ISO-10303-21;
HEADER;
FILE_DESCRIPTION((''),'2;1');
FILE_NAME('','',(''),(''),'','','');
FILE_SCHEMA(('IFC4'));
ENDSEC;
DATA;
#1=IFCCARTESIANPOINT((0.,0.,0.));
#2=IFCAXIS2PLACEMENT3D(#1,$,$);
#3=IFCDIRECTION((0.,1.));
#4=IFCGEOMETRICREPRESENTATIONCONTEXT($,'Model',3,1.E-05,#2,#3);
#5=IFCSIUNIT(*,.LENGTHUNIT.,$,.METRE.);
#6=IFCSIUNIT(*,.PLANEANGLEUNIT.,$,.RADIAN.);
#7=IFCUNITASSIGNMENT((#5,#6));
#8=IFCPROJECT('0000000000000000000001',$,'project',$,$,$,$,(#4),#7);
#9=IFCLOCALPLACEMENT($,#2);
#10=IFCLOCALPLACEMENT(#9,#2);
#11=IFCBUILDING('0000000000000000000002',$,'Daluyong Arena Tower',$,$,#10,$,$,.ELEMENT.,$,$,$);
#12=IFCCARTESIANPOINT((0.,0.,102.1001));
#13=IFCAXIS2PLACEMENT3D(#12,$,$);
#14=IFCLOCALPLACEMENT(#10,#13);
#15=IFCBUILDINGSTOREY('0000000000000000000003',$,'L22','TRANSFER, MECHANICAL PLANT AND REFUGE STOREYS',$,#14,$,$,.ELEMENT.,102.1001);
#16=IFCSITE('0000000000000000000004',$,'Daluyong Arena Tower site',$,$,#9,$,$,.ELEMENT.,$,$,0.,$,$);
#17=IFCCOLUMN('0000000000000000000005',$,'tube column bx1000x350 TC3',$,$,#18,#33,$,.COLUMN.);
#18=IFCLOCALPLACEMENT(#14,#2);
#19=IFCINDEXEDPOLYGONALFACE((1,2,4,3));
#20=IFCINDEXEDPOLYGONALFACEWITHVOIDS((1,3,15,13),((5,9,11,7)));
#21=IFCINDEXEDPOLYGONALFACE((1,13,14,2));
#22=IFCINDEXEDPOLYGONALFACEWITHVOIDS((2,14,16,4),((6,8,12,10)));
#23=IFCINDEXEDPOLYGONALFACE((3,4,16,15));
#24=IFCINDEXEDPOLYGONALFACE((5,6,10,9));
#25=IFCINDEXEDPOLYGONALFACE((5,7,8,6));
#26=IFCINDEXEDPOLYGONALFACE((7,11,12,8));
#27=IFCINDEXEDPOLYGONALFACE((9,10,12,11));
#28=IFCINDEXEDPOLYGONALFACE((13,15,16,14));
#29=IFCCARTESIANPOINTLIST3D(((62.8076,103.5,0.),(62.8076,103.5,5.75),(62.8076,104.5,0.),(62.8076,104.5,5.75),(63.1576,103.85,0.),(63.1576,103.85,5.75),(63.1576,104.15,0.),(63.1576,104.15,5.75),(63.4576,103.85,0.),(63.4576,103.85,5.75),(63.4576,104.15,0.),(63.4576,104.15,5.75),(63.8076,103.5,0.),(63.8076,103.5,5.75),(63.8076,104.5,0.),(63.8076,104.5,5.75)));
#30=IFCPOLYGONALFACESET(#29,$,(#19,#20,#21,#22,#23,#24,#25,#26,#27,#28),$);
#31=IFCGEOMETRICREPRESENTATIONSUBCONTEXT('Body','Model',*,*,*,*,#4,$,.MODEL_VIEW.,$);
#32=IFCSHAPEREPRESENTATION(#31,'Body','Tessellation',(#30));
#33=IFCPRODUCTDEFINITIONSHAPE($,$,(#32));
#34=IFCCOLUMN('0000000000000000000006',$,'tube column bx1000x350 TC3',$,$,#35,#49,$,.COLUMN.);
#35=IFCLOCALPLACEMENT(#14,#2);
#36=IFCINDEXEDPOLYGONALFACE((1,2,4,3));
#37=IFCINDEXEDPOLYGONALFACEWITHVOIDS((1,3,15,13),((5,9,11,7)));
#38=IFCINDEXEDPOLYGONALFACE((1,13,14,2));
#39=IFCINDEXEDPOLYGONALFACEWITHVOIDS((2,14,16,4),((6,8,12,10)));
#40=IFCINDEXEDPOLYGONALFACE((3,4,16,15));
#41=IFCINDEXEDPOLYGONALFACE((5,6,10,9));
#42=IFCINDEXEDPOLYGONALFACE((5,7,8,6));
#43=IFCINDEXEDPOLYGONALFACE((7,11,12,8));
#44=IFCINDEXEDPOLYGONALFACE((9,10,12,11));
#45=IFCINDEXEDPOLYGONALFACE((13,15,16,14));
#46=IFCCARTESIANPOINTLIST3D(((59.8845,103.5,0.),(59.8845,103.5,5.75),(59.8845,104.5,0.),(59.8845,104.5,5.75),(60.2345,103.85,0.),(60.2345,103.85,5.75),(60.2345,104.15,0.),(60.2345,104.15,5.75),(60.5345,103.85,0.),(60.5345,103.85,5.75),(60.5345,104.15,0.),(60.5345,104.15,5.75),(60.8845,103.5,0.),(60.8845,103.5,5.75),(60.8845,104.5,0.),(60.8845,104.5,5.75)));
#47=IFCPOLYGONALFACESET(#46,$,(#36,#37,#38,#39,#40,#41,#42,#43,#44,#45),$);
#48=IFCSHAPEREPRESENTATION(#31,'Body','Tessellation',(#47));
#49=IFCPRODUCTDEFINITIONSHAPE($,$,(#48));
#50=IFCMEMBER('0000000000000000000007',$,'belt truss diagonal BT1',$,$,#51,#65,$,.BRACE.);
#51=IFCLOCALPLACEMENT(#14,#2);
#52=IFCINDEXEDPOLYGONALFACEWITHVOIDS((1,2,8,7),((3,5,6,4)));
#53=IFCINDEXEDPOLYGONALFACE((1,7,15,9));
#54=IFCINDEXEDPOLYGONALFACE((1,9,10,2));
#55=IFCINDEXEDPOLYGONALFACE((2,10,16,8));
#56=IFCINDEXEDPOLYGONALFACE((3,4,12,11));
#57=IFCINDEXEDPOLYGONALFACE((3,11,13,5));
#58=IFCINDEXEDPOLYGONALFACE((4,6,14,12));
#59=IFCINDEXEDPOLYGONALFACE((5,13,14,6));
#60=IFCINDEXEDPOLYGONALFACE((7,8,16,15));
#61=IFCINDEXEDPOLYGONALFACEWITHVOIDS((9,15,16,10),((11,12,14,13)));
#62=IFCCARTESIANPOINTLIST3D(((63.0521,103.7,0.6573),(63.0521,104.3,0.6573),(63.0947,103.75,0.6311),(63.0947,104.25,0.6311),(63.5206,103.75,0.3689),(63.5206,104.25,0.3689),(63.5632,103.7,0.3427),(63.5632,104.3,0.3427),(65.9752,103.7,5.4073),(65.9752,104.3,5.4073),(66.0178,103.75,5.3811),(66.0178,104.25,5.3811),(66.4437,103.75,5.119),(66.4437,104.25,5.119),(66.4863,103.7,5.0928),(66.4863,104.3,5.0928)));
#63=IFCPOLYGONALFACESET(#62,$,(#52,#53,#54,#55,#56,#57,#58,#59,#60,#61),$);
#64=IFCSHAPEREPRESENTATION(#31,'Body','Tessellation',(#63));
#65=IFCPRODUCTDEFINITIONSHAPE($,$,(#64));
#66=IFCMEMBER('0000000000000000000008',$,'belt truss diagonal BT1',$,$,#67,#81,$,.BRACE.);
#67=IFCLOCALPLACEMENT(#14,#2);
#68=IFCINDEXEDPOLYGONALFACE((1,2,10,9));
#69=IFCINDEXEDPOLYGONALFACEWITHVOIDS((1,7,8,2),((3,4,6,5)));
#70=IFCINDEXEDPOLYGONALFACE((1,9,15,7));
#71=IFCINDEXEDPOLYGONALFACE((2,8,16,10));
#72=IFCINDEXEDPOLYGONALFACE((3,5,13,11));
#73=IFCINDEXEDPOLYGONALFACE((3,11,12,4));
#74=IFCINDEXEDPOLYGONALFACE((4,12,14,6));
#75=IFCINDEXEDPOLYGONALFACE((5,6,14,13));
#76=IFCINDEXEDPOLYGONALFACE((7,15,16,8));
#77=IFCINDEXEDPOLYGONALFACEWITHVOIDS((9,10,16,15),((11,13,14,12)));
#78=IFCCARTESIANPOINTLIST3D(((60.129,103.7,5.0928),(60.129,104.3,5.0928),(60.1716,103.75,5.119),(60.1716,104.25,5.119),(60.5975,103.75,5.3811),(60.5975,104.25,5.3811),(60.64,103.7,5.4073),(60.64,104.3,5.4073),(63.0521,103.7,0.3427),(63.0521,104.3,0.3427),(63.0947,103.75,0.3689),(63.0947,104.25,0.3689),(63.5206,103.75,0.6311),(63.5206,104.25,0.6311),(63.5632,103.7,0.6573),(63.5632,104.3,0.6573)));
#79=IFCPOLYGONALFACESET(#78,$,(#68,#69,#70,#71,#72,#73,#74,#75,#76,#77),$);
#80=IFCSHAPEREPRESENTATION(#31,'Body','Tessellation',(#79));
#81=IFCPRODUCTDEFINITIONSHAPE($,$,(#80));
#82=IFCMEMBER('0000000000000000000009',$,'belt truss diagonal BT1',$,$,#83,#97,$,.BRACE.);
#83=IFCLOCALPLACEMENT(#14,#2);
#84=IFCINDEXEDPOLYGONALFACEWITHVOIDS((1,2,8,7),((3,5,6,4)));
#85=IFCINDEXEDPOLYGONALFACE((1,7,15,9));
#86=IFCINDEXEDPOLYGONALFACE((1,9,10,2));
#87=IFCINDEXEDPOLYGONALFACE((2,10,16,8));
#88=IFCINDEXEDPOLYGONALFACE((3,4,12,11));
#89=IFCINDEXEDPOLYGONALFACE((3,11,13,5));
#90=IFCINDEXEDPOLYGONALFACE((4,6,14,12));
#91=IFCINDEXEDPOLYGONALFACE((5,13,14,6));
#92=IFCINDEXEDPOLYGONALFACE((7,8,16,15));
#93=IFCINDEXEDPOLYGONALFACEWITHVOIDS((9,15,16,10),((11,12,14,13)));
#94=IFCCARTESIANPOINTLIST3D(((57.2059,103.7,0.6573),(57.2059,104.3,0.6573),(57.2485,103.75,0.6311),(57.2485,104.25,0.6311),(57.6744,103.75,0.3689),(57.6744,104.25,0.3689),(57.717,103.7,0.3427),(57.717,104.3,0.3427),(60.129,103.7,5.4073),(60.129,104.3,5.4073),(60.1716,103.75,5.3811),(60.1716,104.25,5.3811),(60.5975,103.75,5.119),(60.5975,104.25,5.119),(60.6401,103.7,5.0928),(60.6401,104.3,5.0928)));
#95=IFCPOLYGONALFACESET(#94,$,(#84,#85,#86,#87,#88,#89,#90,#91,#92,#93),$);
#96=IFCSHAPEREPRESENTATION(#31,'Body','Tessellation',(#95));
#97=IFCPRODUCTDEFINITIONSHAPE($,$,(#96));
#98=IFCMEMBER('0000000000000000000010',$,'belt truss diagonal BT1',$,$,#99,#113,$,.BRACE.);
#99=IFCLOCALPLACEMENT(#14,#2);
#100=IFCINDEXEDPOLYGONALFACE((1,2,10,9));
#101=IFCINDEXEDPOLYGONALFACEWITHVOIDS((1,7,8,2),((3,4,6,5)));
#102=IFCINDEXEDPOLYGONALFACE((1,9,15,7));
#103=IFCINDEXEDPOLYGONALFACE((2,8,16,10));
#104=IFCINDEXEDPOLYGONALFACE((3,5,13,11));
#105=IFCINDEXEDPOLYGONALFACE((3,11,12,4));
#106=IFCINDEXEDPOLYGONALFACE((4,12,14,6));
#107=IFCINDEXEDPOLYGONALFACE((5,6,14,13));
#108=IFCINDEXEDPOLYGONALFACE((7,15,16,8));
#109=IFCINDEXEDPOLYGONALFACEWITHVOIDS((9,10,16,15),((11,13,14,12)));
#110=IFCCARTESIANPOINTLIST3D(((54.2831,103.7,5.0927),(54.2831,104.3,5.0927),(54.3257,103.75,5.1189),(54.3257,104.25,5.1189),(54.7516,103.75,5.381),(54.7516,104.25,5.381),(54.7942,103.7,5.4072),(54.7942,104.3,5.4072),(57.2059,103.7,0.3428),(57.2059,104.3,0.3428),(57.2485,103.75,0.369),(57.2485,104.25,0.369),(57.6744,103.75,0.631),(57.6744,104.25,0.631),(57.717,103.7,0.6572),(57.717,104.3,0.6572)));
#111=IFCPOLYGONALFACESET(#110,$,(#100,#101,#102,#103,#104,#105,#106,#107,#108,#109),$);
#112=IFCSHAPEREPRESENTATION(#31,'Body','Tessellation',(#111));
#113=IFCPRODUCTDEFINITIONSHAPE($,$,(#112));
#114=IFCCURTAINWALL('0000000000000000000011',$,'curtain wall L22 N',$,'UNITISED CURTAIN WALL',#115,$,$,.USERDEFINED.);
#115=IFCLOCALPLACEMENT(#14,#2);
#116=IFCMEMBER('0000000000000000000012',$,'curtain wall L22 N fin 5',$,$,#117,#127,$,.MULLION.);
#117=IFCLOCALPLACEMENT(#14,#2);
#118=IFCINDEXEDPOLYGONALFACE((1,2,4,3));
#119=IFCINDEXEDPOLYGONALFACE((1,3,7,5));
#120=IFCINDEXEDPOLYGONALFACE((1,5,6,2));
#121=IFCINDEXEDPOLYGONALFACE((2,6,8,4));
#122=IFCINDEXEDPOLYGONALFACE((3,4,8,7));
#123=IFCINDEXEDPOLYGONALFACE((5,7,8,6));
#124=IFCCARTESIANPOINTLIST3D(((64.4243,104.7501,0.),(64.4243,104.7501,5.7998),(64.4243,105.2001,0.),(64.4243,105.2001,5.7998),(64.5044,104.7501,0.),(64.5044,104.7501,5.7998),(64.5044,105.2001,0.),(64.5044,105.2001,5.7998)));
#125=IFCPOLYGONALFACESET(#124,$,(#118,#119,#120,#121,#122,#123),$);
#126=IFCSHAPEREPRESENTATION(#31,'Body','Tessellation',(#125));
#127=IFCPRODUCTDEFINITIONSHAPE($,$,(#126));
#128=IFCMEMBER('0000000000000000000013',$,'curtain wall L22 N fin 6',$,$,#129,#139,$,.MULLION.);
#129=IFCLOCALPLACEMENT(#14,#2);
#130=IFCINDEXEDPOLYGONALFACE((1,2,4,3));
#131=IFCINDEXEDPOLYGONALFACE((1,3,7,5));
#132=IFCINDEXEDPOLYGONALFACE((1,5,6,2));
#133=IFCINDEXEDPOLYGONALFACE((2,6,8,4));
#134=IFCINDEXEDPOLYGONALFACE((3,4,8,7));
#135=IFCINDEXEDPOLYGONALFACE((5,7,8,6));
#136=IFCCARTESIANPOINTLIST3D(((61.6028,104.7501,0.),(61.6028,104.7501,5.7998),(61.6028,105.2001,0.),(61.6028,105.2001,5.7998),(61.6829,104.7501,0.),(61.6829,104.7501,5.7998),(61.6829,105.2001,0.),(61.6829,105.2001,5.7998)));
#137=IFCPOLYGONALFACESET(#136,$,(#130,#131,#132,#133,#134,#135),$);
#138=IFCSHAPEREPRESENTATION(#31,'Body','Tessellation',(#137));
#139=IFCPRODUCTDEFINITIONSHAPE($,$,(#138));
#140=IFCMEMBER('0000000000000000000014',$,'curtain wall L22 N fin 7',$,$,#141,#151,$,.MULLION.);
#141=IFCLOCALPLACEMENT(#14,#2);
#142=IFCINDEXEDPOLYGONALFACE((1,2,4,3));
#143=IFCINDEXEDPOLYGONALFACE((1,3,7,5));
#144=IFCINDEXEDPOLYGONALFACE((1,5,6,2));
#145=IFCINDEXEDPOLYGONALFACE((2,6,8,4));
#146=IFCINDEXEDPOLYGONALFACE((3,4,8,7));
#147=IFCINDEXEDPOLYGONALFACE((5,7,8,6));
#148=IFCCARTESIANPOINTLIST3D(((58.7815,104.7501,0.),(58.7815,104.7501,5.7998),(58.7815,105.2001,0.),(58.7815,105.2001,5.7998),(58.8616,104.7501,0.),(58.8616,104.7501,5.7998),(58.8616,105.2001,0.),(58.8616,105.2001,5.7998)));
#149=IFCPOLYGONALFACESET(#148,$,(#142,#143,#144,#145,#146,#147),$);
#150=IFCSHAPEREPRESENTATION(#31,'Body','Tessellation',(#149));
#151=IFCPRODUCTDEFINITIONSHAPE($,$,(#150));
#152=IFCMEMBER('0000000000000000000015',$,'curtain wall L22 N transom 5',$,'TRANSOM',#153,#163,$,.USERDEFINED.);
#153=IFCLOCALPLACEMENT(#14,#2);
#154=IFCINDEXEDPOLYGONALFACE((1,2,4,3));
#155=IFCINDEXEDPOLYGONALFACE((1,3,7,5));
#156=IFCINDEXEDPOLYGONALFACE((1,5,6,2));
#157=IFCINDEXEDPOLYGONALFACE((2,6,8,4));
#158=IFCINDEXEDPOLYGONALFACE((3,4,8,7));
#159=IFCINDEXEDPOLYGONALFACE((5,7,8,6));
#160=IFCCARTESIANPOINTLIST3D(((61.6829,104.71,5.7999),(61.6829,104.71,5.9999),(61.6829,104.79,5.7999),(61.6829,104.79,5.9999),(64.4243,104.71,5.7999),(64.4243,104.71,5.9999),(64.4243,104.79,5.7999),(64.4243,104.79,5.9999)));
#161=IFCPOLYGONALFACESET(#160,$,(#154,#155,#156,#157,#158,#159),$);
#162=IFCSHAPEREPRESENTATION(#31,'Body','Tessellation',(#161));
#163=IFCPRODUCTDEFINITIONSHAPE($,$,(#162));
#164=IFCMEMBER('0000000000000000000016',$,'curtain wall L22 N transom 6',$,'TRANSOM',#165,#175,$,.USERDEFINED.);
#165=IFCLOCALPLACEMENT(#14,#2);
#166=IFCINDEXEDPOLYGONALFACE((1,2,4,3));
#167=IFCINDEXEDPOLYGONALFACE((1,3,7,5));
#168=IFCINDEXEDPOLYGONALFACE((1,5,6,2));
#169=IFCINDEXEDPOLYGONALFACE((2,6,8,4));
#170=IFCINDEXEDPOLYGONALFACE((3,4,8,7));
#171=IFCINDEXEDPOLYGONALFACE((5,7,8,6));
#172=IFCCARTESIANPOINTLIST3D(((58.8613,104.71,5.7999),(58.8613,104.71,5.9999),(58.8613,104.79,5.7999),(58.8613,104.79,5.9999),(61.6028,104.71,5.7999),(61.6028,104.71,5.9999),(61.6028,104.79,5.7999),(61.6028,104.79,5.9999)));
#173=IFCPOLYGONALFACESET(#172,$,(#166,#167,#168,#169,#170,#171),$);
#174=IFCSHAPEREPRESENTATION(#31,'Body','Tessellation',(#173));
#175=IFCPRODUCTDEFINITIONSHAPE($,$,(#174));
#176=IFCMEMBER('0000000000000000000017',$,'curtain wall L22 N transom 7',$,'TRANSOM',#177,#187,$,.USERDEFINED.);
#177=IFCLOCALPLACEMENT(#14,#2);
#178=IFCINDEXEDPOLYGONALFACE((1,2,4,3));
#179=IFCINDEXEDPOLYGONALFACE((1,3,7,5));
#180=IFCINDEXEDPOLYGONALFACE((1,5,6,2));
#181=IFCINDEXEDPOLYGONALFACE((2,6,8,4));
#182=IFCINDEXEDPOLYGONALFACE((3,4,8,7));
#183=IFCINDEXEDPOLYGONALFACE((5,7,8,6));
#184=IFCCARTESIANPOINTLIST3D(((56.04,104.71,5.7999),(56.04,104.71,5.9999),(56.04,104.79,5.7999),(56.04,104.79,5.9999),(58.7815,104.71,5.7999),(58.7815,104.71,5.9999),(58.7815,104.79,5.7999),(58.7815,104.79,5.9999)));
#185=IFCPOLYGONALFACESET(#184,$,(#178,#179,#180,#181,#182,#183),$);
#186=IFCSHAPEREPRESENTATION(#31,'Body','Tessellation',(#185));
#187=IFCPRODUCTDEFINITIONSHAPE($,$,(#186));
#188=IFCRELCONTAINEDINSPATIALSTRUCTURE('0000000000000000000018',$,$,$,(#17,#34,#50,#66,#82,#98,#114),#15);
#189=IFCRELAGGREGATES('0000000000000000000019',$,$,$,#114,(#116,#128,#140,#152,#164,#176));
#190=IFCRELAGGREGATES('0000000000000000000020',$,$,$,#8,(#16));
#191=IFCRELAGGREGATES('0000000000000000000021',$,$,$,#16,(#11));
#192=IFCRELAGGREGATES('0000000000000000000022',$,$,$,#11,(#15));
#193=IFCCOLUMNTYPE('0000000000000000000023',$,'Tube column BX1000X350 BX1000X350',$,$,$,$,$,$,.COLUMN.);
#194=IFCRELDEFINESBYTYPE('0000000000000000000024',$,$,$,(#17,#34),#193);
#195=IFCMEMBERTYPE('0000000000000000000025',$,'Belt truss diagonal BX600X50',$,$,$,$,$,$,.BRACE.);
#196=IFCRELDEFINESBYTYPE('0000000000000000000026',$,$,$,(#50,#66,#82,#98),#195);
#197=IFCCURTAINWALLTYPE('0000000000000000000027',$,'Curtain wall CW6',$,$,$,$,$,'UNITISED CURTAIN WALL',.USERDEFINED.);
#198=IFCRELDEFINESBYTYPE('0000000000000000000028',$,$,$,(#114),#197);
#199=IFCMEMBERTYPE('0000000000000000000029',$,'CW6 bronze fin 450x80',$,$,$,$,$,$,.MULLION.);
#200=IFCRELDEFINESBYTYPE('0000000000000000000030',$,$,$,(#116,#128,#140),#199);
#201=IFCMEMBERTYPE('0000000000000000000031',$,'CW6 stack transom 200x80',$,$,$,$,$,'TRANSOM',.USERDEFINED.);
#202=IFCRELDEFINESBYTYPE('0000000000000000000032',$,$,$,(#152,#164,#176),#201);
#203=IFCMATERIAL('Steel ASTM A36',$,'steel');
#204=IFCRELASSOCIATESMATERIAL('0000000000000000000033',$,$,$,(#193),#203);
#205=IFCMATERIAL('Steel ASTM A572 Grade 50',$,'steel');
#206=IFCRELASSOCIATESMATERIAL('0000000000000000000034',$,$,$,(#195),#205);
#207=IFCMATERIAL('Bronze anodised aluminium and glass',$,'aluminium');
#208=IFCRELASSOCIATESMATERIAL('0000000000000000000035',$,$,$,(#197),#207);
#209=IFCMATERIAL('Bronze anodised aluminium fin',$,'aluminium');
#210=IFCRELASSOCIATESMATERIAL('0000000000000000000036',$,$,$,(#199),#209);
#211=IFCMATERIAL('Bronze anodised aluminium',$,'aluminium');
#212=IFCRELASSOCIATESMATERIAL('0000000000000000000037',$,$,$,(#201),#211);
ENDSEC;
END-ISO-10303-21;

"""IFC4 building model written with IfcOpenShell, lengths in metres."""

from ifc_helpers import new_model, si_unit, direction, frame, origin, origin_2d, place, context, subcontext, project, spatial, rectangle, hollow_rectangle, extrude, material, material_profile, profile_set, type_object, element, aggregate, save


model = new_model("IFC4")

# Units and contexts
model_context = context("Model", 3, precision=1e-05, world=origin(), true_north=direction((0.0, 1.0)))
body_context = subcontext(model_context, "Body", "Model", "MODEL_VIEW")
ifc_project = project(units=[si_unit("LENGTHUNIT", "METRE"), si_unit("PLANEANGLEUNIT", "RADIAN")], contexts=[model_context])

# Site, building, storey
site_placement = place(None, origin())
site = spatial("IfcSite", under=ifc_project, at=site_placement, Name="Daluyong Arena Tower site", CompositionType="ELEMENT", RefElevation=0.0)
building_placement = place(site_placement, origin())
building = spatial("IfcBuilding", under=site, at=building_placement, Name="Daluyong Arena Tower", CompositionType="ELEMENT")
storey_placement = place(building_placement, frame((0.0, 0.0, 102.1001)))
storey = spatial("IfcBuildingStorey", under=building, at=storey_placement, Name="L22", Description="TRANSFER, MECHANICAL PLANT AND REFUGE STOREYS", CompositionType="ELEMENT", Elevation=102.1001)

# Columns
ifc_material_1 = material(Name="Steel ASTM A36", Category="steel")
ifc_material_profile_1 = material_profile(ifc_material_1, hollow_rectangle(XDim=1.0, YDim=1.0, WallThickness=0.35, at=origin_2d()))
ifc_profile_set_1 = profile_set([ifc_material_profile_1], Name="Steel ASTM A36")
column_type = type_object("IfcColumnType", Name="Tube column BX1000X350 BX1000X350", PredefinedType="COLUMN", material=ifc_profile_set_1)
for number, where, z_axis, x_axis, name in (
    (1, (63.3076, 104.0, 0.0), (0.0, 0.0, 1.0), (1.0, 0.0, 0.0), "tube column bx1000x350 TC3"),
    (2, (60.3845, 104.0, 0.0), (0.0, 0.0, 1.0), (1.0, 0.0, 0.0), "tube column bx1000x350 TC3"),
):
    element("IfcColumn", number, at=place(storey_placement, frame(where, z_axis=z_axis, x_axis=x_axis)), inside=storey, type_object=column_type, Name=name, PredefinedType="COLUMN", context=body_context, shape_type="SweptSolid", body=[
        extrude(hollow_rectangle(XDim=1.0, YDim=1.0, WallThickness=0.35, at=origin_2d()), origin(), (0.0, 0.0, 1.0), 5.75),
    ])

# Members
ifc_material_2 = material(Name="Steel ASTM A572 Grade 50", Category="steel")
ifc_material_profile_2 = material_profile(ifc_material_2, hollow_rectangle(XDim=0.6001, YDim=0.6001, WallThickness=0.05, at=origin_2d()))
ifc_profile_set_2 = profile_set([ifc_material_profile_2], Name="Steel ASTM A572 Grade 50")
member_type_1 = type_object("IfcMemberType", Name="Belt truss diagonal BX600X50", PredefinedType="BRACE", material=ifc_profile_set_2)
for number, where, z_axis, x_axis, name in (
    (3, (63.3076, 104.0, 0.5), (0.5241, 0.0, 0.851657), (0.0, 1.0, 0.0), "belt truss diagonal BT1"),
    (4, (63.3076, 104.0, 0.5), (-0.5241, 0.0, 0.851657), (0.0, -1.0, 0.0), "belt truss diagonal BT1"),
    (5, (57.4614, 104.0, 0.5), (0.5241, 0.0, 0.851657), (0.0, 1.0, 0.0), "belt truss diagonal BT1"),
):
    element("IfcMember", number, at=place(storey_placement, frame(where, z_axis=z_axis, x_axis=x_axis)), inside=storey, type_object=member_type_1, Name=name, PredefinedType="BRACE", context=body_context, shape_type="SweptSolid", body=[
        extrude(hollow_rectangle(XDim=0.6001, YDim=0.6001, WallThickness=0.05, at=origin_2d()), origin(), (0.0, 0.0, 1.0), 5.5774),
    ])
member_1_placement = place(storey_placement, frame((57.4614, 104.0, 0.5), z_axis=(-0.524068, 0.0, 0.851676), x_axis=(0.0, -1.0, 0.0)))
element("IfcMember", 6, at=member_1_placement, inside=storey, type_object=member_type_1, Name="belt truss diagonal BT1", PredefinedType="BRACE", context=body_context, shape_type="SweptSolid", body=[
    extrude(hollow_rectangle(XDim=0.6001, YDim=0.6001, WallThickness=0.05, at=origin_2d()), origin(), (0.0, 0.0, 1.0), 5.5771),
])

# Curtain wall, members
ifc_material_3 = material(Name="Bronze anodised aluminium and glass", Category="aluminium")
curtain_wall_type = type_object("IfcCurtainWallType", Name="Curtain wall CW6", ElementType="UNITISED CURTAIN WALL", PredefinedType="USERDEFINED", material=ifc_material_3)
curtain_wall_placement = place(storey_placement, origin())
curtain_wall = element("IfcCurtainWall", 7, at=curtain_wall_placement, inside=storey, type_object=curtain_wall_type, Name="curtain wall L22 N", ObjectType="UNITISED CURTAIN WALL", PredefinedType="USERDEFINED")
ifc_material_4 = material(Name="Bronze anodised aluminium fin", Category="aluminium")
ifc_material_profile_3 = material_profile(ifc_material_4, rectangle(XDim=0.45, YDim=0.0801, at=origin_2d()))
ifc_profile_set_3 = profile_set([ifc_material_profile_3], Name="Bronze anodised aluminium fin")
member_type_2 = type_object("IfcMemberType", Name="CW6 bronze fin 450x80", PredefinedType="MULLION", material=ifc_profile_set_3)
member_2_placement = place(storey_placement, frame((64.4644, 104.9751, 0.0), z_axis=(0.0, 0.0, 1.0), x_axis=(0.0, -1.0, 0.0)))
member_2 = element("IfcMember", 8, at=member_2_placement, type_object=member_type_2, Name="curtain wall L22 N fin 5", PredefinedType="MULLION", context=body_context, shape_type="SweptSolid", body=[
    extrude(rectangle(XDim=0.45, YDim=0.0801, at=origin_2d()), origin(), (0.0, 0.0, 1.0), 5.7998),
])
member_3_placement = place(storey_placement, frame((61.6428, 104.9751, 0.0), z_axis=(0.0, 0.0, 1.0), x_axis=(0.0, -1.0, 0.0)))
member_3 = element("IfcMember", 9, at=member_3_placement, type_object=member_type_2, Name="curtain wall L22 N fin 6", PredefinedType="MULLION", context=body_context, shape_type="SweptSolid", body=[
    extrude(rectangle(XDim=0.45, YDim=0.0801, at=origin_2d()), origin(), (0.0, 0.0, 1.0), 5.7998),
])
member_4_placement = place(storey_placement, frame((58.8215, 104.9751, 0.0), z_axis=(0.0, 0.0, 1.0), x_axis=(0.0, -1.0, 0.0)))
member_4 = element("IfcMember", 10, at=member_4_placement, type_object=member_type_2, Name="curtain wall L22 N fin 7", PredefinedType="MULLION", context=body_context, shape_type="SweptSolid", body=[
    extrude(rectangle(XDim=0.45, YDim=0.0801, at=origin_2d()), origin(), (0.0, 0.0, 1.0), 5.7998),
])
ifc_material_5 = material(Name="Bronze anodised aluminium", Category="aluminium")
ifc_material_profile_4 = material_profile(ifc_material_5, rectangle(XDim=0.0801, YDim=0.2, at=origin_2d()))
ifc_profile_set_4 = profile_set([ifc_material_profile_4], Name="Bronze anodised aluminium")
member_type_3 = type_object("IfcMemberType", Name="CW6 stack transom 200x80", ElementType="TRANSOM", PredefinedType="USERDEFINED", material=ifc_profile_set_4)
member_5_placement = place(storey_placement, frame((64.4243, 104.75, 5.8999), z_axis=(-1.0, 0.0, 0.0), x_axis=(0.0, -1.0, 0.0)))
member_5 = element("IfcMember", 11, at=member_5_placement, type_object=member_type_3, Name="curtain wall L22 N transom 5", ObjectType="TRANSOM", PredefinedType="USERDEFINED", context=body_context, shape_type="SweptSolid", body=[
    extrude(rectangle(XDim=0.0801, YDim=0.2, at=origin_2d()), origin(), (0.0, 0.0, 1.0), 2.7415),
])
member_6_placement = place(storey_placement, frame((61.6028, 104.75, 5.8999), z_axis=(-1.0, 0.0, 0.0), x_axis=(0.0, -1.0, 0.0)))
member_6 = element("IfcMember", 12, at=member_6_placement, type_object=member_type_3, Name="curtain wall L22 N transom 6", ObjectType="TRANSOM", PredefinedType="USERDEFINED", context=body_context, shape_type="SweptSolid", body=[
    extrude(rectangle(XDim=0.0801, YDim=0.2, at=origin_2d()), origin(), (0.0, 0.0, 1.0), 2.7415),
])
member_7_placement = place(storey_placement, frame((58.7815, 104.75, 5.8999), z_axis=(-1.0, 0.0, 0.0), x_axis=(0.0, -1.0, 0.0)))
member_7 = element("IfcMember", 13, at=member_7_placement, type_object=member_type_3, Name="curtain wall L22 N transom 7", ObjectType="TRANSOM", PredefinedType="USERDEFINED", context=body_context, shape_type="SweptSolid", body=[
    extrude(rectangle(XDim=0.0801, YDim=0.2, at=origin_2d()), origin(), (0.0, 0.0, 1.0), 2.7415),
])

aggregate(curtain_wall, [member_2, member_3, member_4, member_5, member_6, member_7])

save(model, "model.ifc")
